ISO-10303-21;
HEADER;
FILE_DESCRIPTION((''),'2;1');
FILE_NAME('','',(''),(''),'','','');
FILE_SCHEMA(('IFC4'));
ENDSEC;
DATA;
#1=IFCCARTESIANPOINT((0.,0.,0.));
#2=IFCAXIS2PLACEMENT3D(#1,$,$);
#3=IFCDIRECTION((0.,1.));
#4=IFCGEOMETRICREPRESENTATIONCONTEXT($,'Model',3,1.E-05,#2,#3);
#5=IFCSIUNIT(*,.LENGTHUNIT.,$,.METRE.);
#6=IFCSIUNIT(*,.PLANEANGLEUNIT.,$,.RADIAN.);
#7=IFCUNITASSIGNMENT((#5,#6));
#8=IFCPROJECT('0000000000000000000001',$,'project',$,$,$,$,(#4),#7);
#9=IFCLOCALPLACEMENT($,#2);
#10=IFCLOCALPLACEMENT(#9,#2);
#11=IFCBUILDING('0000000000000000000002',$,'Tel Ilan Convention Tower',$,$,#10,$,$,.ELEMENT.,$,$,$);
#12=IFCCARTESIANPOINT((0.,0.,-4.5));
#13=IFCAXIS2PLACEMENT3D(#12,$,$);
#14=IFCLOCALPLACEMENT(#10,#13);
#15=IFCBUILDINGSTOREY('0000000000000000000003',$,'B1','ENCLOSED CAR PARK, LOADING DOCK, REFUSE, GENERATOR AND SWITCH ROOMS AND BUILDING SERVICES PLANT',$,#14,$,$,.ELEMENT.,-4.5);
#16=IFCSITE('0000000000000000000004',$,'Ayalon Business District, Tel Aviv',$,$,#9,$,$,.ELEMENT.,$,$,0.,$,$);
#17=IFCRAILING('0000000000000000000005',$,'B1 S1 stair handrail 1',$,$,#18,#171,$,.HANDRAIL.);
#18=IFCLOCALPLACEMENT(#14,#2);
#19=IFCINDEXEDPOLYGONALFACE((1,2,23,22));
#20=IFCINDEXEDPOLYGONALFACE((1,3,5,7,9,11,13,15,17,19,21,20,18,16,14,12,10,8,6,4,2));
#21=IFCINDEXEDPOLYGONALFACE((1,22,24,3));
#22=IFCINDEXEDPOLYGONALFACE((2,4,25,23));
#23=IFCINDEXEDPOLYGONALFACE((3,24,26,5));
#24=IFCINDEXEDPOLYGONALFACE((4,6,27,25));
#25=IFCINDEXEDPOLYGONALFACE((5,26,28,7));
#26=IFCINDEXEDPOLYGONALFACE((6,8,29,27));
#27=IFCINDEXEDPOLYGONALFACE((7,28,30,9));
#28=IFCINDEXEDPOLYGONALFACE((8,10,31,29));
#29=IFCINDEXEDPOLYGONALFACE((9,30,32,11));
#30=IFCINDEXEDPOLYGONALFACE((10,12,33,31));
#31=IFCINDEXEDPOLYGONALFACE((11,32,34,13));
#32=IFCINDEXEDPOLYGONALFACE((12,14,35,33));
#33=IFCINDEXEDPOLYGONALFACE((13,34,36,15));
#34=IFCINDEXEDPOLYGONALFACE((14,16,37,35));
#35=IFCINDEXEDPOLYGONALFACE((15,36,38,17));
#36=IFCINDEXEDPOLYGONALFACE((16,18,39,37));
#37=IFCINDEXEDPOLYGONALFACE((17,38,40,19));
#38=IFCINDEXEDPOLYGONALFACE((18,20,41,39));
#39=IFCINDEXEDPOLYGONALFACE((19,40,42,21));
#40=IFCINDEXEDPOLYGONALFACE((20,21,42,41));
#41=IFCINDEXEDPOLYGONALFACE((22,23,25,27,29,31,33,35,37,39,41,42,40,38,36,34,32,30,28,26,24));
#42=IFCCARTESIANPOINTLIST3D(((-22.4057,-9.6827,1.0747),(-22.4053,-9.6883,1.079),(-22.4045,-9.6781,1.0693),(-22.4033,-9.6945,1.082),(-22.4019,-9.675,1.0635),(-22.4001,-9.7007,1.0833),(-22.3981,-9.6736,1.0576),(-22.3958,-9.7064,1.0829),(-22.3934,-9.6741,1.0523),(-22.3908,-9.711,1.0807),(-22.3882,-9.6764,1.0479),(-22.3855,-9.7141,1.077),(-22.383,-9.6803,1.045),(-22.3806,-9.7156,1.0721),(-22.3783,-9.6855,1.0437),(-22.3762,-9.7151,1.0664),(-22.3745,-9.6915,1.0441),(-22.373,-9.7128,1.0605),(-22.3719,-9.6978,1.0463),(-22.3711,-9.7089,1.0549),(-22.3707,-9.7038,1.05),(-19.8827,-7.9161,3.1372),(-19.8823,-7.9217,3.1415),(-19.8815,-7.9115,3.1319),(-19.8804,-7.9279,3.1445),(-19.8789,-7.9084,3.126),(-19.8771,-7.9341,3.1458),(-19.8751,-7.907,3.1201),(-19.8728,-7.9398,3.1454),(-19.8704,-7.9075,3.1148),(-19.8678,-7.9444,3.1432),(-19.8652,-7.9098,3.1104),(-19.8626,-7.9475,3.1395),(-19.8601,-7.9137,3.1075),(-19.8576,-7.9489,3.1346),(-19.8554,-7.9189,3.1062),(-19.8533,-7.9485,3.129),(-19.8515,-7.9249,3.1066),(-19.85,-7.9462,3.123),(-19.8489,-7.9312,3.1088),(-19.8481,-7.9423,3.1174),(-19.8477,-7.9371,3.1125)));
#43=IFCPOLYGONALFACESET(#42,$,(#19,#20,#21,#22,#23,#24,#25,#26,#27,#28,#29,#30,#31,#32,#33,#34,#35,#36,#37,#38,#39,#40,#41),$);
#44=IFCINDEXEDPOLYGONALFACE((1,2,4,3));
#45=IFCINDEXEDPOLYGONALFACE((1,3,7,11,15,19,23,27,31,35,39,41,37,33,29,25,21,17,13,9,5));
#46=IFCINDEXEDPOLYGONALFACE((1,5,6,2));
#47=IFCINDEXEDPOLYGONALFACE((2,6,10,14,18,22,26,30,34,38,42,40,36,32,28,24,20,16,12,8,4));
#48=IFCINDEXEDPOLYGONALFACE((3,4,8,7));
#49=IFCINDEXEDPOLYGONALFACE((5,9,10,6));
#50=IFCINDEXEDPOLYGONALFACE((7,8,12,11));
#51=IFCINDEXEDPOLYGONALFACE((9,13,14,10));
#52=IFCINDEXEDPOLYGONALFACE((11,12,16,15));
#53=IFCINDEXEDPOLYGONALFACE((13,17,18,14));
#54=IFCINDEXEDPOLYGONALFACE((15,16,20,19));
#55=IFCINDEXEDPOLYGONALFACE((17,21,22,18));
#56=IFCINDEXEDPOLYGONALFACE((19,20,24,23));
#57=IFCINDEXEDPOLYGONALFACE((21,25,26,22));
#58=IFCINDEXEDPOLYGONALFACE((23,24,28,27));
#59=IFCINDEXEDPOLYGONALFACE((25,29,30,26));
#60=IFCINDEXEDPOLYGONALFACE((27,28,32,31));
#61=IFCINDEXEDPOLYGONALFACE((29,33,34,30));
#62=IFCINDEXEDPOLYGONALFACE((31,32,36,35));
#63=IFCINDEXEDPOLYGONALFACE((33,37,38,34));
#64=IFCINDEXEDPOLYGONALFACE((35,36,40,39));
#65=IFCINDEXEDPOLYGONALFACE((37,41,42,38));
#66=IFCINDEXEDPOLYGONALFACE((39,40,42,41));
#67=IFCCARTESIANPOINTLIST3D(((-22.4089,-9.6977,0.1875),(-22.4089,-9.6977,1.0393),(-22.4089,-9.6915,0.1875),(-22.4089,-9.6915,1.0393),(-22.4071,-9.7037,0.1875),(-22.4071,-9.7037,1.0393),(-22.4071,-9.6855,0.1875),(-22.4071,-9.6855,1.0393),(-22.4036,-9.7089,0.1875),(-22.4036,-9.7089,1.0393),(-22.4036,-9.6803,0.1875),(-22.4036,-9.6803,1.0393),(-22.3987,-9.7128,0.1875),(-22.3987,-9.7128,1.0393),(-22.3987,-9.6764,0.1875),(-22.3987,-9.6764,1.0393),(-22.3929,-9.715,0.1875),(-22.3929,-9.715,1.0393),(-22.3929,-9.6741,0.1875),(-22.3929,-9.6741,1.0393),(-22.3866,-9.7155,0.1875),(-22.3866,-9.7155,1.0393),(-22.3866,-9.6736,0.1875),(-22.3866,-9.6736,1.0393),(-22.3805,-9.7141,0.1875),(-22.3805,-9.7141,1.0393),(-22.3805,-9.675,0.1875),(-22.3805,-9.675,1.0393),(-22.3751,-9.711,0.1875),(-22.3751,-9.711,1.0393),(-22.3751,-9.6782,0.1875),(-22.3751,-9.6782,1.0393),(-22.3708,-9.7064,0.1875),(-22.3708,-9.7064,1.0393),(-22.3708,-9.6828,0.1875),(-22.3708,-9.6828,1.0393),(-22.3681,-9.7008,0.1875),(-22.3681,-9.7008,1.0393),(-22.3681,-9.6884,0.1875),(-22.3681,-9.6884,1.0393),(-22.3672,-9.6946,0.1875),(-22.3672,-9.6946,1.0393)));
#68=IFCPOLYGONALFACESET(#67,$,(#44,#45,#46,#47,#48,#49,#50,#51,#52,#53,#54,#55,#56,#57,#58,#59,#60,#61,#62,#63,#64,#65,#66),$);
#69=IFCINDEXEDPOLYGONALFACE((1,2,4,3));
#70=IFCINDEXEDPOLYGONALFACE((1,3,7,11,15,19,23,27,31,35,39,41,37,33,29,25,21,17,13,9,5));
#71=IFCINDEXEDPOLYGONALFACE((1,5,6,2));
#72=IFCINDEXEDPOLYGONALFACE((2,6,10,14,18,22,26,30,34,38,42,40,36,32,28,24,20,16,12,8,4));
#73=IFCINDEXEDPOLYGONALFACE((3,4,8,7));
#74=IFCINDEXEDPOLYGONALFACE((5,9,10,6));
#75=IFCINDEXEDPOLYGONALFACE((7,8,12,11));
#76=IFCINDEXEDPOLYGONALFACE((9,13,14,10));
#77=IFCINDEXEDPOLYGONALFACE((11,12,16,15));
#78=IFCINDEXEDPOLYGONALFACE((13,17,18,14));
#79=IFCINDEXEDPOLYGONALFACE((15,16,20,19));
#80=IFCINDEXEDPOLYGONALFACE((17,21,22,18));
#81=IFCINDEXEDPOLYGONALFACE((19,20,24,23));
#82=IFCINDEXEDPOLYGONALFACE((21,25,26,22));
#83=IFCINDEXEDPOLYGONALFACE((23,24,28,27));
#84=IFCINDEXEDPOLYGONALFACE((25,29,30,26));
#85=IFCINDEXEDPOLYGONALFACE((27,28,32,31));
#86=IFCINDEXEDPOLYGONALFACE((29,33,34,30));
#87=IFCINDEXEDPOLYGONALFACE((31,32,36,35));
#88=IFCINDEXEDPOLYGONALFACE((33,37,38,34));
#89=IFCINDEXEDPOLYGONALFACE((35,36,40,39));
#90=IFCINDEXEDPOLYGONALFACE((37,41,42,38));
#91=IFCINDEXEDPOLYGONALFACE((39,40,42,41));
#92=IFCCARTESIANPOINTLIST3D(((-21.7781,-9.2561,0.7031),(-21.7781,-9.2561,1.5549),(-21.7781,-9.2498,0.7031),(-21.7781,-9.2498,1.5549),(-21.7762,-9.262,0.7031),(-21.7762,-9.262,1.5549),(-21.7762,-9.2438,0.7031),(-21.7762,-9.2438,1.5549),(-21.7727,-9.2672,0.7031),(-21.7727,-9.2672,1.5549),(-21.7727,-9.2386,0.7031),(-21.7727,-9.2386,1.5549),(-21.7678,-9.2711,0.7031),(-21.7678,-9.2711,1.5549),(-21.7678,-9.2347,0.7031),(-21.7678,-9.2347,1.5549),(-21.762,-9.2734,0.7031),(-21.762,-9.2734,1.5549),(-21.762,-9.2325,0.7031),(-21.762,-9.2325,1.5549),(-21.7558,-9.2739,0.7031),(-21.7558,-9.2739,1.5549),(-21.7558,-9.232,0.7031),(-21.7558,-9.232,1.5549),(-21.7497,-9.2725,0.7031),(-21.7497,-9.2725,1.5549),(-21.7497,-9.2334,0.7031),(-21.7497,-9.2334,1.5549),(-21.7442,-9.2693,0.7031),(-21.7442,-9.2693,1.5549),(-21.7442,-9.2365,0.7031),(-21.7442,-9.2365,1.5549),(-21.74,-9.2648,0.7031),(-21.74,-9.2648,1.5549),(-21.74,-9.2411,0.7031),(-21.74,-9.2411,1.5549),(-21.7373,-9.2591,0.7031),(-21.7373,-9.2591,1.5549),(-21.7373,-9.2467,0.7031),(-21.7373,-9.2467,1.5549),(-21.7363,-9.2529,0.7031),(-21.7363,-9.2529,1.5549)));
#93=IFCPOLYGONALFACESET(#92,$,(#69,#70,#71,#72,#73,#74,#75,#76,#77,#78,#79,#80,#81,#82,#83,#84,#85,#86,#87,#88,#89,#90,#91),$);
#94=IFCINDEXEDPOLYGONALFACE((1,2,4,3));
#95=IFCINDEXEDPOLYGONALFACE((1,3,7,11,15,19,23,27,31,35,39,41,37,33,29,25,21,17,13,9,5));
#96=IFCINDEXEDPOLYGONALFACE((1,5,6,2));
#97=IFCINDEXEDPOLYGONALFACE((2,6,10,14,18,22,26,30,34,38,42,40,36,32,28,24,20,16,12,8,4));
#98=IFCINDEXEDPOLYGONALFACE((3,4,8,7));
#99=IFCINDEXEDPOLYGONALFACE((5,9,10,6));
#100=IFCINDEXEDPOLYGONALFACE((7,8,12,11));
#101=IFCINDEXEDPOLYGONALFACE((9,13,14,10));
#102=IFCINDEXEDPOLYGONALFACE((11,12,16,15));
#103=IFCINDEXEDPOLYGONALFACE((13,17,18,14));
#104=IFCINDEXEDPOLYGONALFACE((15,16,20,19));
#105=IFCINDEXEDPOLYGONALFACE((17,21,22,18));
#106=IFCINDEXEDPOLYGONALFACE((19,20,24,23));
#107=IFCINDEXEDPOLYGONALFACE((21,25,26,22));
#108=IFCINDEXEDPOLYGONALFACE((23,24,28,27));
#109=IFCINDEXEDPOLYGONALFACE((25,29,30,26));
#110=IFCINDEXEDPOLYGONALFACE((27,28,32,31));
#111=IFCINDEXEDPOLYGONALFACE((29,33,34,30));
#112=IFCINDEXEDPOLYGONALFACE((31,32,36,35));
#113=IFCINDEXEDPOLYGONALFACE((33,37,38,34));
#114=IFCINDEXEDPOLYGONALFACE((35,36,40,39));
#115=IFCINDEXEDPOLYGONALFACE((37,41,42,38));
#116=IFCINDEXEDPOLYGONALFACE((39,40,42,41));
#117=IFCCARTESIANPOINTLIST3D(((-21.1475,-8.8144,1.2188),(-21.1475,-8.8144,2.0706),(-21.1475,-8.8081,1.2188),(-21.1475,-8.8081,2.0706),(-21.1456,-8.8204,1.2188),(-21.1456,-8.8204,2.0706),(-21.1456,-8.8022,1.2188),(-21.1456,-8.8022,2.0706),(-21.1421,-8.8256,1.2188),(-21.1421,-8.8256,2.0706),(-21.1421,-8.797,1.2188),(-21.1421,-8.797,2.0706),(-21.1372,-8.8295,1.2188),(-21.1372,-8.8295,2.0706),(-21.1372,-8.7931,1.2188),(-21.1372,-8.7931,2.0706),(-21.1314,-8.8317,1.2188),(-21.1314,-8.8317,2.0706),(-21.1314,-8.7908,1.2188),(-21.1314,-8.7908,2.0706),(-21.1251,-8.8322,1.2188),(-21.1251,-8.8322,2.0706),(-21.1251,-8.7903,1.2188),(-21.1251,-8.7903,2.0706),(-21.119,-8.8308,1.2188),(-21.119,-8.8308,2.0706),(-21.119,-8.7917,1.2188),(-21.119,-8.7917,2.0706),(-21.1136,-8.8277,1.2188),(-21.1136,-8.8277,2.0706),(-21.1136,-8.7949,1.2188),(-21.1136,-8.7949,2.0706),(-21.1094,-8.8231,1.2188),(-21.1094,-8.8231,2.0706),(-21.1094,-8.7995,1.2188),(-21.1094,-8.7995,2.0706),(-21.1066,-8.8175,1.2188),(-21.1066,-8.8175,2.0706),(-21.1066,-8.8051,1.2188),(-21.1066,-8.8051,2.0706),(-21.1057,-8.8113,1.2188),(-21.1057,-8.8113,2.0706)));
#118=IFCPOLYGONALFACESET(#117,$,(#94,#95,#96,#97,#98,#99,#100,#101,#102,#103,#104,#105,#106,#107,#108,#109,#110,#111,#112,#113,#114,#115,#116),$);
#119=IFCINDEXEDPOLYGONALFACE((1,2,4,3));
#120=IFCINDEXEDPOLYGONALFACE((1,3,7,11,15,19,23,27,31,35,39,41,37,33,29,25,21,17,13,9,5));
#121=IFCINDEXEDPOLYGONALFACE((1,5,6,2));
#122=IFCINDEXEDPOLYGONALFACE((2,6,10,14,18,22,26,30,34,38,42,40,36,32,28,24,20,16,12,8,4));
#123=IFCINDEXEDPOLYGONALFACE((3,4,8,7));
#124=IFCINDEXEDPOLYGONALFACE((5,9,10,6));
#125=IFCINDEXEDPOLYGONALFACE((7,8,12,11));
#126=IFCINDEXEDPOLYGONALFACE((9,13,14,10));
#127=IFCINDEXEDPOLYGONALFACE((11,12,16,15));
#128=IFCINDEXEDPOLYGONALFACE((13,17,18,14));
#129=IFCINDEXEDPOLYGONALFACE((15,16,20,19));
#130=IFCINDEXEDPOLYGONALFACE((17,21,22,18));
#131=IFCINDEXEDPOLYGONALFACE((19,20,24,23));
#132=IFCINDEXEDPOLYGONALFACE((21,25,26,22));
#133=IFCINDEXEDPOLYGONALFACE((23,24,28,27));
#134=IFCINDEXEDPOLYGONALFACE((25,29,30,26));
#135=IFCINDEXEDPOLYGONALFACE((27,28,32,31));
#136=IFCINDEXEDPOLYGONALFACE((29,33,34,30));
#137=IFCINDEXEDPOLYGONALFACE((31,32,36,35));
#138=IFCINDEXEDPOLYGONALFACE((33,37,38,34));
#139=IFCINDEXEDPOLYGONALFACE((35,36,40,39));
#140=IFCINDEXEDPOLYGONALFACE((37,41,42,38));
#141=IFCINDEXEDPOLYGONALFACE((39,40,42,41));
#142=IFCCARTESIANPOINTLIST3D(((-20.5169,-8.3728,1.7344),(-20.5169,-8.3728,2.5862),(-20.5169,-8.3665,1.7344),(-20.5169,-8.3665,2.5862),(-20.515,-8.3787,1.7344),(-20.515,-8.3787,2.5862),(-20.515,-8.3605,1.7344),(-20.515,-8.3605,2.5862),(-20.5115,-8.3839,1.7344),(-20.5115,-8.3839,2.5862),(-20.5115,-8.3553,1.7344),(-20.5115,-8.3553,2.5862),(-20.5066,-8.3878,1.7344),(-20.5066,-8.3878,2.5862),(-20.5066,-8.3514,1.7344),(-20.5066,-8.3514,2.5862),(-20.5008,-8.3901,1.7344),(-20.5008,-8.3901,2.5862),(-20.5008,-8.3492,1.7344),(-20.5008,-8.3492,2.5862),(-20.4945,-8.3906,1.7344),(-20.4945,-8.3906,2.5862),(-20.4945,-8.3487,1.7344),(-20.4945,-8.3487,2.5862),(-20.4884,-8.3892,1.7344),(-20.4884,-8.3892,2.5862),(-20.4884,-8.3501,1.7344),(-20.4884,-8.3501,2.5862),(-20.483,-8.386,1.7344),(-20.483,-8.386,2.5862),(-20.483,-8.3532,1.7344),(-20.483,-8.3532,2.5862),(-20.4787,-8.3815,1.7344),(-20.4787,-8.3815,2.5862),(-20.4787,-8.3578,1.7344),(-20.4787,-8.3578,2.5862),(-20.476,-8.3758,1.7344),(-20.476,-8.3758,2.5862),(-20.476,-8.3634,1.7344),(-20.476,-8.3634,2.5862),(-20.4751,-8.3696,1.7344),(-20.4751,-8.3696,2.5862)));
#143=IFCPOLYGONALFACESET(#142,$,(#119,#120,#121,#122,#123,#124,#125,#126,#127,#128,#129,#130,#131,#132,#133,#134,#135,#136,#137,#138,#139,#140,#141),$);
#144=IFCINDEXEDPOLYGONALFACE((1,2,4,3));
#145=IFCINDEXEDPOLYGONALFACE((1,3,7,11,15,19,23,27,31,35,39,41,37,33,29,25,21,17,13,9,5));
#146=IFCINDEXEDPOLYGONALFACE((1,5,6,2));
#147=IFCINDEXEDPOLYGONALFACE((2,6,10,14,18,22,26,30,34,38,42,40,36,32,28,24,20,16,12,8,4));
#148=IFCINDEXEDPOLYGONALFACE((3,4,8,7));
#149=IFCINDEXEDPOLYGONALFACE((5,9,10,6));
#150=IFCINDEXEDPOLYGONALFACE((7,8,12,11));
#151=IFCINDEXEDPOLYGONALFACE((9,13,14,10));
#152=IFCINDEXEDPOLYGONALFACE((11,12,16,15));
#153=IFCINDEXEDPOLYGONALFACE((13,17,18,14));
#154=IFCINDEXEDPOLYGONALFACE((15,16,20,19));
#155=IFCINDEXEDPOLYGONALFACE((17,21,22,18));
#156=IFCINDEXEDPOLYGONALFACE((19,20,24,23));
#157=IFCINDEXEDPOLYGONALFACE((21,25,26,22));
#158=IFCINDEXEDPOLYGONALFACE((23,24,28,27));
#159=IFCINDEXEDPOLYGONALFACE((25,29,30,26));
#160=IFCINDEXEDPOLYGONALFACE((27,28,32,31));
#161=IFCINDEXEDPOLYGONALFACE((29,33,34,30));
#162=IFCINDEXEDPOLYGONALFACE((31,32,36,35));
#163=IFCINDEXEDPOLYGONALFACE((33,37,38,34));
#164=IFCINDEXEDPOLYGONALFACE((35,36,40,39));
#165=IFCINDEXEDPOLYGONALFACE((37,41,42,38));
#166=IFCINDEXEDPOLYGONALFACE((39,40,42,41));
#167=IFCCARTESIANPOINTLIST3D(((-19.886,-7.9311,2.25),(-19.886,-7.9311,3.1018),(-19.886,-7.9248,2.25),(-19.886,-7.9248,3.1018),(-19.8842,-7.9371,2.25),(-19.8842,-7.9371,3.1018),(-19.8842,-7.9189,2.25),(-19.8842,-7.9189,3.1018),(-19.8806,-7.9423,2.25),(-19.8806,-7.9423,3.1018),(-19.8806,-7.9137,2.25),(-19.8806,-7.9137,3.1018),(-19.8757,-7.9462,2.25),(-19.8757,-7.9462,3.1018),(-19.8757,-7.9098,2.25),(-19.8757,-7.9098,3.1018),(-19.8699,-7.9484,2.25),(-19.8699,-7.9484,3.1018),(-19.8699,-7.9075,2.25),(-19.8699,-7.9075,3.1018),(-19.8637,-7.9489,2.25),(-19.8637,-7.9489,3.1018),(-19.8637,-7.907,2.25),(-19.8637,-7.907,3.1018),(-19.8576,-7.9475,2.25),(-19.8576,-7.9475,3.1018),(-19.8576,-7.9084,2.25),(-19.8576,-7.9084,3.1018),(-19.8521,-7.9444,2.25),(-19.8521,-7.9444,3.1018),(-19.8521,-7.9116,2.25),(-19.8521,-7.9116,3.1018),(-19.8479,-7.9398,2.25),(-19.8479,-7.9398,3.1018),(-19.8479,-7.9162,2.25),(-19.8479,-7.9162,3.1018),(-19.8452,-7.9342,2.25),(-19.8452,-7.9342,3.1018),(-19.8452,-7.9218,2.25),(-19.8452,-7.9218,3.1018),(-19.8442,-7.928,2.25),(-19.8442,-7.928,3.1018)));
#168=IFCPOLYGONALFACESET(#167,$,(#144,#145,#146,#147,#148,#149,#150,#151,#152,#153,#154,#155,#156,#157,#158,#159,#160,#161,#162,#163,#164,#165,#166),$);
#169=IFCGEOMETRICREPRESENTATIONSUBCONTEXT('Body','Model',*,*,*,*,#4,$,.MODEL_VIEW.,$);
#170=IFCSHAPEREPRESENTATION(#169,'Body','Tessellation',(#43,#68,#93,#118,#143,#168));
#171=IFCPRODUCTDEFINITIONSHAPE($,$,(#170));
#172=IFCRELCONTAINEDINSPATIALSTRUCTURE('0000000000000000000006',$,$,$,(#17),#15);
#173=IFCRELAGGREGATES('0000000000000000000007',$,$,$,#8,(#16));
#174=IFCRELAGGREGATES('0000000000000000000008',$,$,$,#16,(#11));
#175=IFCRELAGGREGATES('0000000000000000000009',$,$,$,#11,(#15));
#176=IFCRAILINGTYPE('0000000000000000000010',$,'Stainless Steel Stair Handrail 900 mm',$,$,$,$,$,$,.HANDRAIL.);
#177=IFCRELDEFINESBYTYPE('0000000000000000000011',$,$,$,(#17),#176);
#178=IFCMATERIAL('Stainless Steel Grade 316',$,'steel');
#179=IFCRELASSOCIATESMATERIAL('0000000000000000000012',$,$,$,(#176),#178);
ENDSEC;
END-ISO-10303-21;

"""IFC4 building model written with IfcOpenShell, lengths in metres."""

from ifc_helpers import new_model, si_unit, direction, frame, origin, origin_2d, place, context, subcontext, project, spatial, circle, extrude, material, type_object, element, save


model = new_model("IFC4")

# Units and contexts
model_context = context("Model", 3, precision=1e-05, world=origin(), true_north=direction((0.0, 1.0)))
body_context = subcontext(model_context, "Body", "Model", "MODEL_VIEW")
ifc_project = project(units=[si_unit("LENGTHUNIT", "METRE"), si_unit("PLANEANGLEUNIT", "RADIAN")], contexts=[model_context])

# Site, building, storey
site_placement = place(None, origin())
site = spatial("IfcSite", under=ifc_project, at=site_placement, Name="Ayalon Business District, Tel Aviv", CompositionType="ELEMENT", RefElevation=0.0)
building_placement = place(site_placement, origin())
building = spatial("IfcBuilding", under=site, at=building_placement, Name="Tel Ilan Convention Tower", CompositionType="ELEMENT")
storey_placement = place(building_placement, frame((0.0, 0.0, -4.5)))
storey = spatial("IfcBuildingStorey", under=building, at=storey_placement, Name="B1", Description="ENCLOSED CAR PARK, LOADING DOCK, REFUSE, GENERATOR AND SWITCH ROOMS AND BUILDING SERVICES PLANT", CompositionType="ELEMENT", Elevation=-4.5)

# Railing
ifc_material_1 = material(Name="Stainless Steel Grade 316", Category="steel")
railing_type_1 = type_object("IfcRailingType", Name="Stainless Steel Stair Handrail 900 mm", PredefinedType="HANDRAIL", material=ifc_material_1)
railing_1_placement = place(storey_placement, frame((-22.3882, -9.6946, 0.1875)))
element("IfcRailing", 1, at=railing_1_placement, inside=storey, type_object=railing_type_1, Name="B1 S1 stair handrail 1", PredefinedType="HANDRAIL", context=body_context, shape_type="SweptSolid", body=[
    extrude(circle(Radius=0.0239, at=origin_2d()), frame((0.0, 0.0, 0.876), z_axis=(0.680635, 0.476589, 0.556416), x_axis=(-0.573579, 0.81915, 0.0)), (0.0, 0.0, 1.0), 3.7068),
    extrude(circle(Radius=0.021, at=origin_2d()), origin(), (0.0, 0.0, 1.0), 0.8518),
    extrude(circle(Radius=0.021, at=origin_2d()), frame((0.6309, 0.4417, 0.5156)), (0.0, 0.0, 1.0), 0.8518),
    extrude(circle(Radius=0.021, at=origin_2d()), frame((1.2615, 0.8833, 1.0312)), (0.0, 0.0, 1.0), 0.8518),
    extrude(circle(Radius=0.021, at=origin_2d()), frame((1.8921, 1.325, 1.5469)), (0.0, 0.0, 1.0), 0.8518),
    extrude(circle(Radius=0.021, at=origin_2d()), frame((2.5229, 1.7666, 2.0625)), (0.0, 0.0, 1.0), 0.8518),
])

save(model, "model.ifc")
